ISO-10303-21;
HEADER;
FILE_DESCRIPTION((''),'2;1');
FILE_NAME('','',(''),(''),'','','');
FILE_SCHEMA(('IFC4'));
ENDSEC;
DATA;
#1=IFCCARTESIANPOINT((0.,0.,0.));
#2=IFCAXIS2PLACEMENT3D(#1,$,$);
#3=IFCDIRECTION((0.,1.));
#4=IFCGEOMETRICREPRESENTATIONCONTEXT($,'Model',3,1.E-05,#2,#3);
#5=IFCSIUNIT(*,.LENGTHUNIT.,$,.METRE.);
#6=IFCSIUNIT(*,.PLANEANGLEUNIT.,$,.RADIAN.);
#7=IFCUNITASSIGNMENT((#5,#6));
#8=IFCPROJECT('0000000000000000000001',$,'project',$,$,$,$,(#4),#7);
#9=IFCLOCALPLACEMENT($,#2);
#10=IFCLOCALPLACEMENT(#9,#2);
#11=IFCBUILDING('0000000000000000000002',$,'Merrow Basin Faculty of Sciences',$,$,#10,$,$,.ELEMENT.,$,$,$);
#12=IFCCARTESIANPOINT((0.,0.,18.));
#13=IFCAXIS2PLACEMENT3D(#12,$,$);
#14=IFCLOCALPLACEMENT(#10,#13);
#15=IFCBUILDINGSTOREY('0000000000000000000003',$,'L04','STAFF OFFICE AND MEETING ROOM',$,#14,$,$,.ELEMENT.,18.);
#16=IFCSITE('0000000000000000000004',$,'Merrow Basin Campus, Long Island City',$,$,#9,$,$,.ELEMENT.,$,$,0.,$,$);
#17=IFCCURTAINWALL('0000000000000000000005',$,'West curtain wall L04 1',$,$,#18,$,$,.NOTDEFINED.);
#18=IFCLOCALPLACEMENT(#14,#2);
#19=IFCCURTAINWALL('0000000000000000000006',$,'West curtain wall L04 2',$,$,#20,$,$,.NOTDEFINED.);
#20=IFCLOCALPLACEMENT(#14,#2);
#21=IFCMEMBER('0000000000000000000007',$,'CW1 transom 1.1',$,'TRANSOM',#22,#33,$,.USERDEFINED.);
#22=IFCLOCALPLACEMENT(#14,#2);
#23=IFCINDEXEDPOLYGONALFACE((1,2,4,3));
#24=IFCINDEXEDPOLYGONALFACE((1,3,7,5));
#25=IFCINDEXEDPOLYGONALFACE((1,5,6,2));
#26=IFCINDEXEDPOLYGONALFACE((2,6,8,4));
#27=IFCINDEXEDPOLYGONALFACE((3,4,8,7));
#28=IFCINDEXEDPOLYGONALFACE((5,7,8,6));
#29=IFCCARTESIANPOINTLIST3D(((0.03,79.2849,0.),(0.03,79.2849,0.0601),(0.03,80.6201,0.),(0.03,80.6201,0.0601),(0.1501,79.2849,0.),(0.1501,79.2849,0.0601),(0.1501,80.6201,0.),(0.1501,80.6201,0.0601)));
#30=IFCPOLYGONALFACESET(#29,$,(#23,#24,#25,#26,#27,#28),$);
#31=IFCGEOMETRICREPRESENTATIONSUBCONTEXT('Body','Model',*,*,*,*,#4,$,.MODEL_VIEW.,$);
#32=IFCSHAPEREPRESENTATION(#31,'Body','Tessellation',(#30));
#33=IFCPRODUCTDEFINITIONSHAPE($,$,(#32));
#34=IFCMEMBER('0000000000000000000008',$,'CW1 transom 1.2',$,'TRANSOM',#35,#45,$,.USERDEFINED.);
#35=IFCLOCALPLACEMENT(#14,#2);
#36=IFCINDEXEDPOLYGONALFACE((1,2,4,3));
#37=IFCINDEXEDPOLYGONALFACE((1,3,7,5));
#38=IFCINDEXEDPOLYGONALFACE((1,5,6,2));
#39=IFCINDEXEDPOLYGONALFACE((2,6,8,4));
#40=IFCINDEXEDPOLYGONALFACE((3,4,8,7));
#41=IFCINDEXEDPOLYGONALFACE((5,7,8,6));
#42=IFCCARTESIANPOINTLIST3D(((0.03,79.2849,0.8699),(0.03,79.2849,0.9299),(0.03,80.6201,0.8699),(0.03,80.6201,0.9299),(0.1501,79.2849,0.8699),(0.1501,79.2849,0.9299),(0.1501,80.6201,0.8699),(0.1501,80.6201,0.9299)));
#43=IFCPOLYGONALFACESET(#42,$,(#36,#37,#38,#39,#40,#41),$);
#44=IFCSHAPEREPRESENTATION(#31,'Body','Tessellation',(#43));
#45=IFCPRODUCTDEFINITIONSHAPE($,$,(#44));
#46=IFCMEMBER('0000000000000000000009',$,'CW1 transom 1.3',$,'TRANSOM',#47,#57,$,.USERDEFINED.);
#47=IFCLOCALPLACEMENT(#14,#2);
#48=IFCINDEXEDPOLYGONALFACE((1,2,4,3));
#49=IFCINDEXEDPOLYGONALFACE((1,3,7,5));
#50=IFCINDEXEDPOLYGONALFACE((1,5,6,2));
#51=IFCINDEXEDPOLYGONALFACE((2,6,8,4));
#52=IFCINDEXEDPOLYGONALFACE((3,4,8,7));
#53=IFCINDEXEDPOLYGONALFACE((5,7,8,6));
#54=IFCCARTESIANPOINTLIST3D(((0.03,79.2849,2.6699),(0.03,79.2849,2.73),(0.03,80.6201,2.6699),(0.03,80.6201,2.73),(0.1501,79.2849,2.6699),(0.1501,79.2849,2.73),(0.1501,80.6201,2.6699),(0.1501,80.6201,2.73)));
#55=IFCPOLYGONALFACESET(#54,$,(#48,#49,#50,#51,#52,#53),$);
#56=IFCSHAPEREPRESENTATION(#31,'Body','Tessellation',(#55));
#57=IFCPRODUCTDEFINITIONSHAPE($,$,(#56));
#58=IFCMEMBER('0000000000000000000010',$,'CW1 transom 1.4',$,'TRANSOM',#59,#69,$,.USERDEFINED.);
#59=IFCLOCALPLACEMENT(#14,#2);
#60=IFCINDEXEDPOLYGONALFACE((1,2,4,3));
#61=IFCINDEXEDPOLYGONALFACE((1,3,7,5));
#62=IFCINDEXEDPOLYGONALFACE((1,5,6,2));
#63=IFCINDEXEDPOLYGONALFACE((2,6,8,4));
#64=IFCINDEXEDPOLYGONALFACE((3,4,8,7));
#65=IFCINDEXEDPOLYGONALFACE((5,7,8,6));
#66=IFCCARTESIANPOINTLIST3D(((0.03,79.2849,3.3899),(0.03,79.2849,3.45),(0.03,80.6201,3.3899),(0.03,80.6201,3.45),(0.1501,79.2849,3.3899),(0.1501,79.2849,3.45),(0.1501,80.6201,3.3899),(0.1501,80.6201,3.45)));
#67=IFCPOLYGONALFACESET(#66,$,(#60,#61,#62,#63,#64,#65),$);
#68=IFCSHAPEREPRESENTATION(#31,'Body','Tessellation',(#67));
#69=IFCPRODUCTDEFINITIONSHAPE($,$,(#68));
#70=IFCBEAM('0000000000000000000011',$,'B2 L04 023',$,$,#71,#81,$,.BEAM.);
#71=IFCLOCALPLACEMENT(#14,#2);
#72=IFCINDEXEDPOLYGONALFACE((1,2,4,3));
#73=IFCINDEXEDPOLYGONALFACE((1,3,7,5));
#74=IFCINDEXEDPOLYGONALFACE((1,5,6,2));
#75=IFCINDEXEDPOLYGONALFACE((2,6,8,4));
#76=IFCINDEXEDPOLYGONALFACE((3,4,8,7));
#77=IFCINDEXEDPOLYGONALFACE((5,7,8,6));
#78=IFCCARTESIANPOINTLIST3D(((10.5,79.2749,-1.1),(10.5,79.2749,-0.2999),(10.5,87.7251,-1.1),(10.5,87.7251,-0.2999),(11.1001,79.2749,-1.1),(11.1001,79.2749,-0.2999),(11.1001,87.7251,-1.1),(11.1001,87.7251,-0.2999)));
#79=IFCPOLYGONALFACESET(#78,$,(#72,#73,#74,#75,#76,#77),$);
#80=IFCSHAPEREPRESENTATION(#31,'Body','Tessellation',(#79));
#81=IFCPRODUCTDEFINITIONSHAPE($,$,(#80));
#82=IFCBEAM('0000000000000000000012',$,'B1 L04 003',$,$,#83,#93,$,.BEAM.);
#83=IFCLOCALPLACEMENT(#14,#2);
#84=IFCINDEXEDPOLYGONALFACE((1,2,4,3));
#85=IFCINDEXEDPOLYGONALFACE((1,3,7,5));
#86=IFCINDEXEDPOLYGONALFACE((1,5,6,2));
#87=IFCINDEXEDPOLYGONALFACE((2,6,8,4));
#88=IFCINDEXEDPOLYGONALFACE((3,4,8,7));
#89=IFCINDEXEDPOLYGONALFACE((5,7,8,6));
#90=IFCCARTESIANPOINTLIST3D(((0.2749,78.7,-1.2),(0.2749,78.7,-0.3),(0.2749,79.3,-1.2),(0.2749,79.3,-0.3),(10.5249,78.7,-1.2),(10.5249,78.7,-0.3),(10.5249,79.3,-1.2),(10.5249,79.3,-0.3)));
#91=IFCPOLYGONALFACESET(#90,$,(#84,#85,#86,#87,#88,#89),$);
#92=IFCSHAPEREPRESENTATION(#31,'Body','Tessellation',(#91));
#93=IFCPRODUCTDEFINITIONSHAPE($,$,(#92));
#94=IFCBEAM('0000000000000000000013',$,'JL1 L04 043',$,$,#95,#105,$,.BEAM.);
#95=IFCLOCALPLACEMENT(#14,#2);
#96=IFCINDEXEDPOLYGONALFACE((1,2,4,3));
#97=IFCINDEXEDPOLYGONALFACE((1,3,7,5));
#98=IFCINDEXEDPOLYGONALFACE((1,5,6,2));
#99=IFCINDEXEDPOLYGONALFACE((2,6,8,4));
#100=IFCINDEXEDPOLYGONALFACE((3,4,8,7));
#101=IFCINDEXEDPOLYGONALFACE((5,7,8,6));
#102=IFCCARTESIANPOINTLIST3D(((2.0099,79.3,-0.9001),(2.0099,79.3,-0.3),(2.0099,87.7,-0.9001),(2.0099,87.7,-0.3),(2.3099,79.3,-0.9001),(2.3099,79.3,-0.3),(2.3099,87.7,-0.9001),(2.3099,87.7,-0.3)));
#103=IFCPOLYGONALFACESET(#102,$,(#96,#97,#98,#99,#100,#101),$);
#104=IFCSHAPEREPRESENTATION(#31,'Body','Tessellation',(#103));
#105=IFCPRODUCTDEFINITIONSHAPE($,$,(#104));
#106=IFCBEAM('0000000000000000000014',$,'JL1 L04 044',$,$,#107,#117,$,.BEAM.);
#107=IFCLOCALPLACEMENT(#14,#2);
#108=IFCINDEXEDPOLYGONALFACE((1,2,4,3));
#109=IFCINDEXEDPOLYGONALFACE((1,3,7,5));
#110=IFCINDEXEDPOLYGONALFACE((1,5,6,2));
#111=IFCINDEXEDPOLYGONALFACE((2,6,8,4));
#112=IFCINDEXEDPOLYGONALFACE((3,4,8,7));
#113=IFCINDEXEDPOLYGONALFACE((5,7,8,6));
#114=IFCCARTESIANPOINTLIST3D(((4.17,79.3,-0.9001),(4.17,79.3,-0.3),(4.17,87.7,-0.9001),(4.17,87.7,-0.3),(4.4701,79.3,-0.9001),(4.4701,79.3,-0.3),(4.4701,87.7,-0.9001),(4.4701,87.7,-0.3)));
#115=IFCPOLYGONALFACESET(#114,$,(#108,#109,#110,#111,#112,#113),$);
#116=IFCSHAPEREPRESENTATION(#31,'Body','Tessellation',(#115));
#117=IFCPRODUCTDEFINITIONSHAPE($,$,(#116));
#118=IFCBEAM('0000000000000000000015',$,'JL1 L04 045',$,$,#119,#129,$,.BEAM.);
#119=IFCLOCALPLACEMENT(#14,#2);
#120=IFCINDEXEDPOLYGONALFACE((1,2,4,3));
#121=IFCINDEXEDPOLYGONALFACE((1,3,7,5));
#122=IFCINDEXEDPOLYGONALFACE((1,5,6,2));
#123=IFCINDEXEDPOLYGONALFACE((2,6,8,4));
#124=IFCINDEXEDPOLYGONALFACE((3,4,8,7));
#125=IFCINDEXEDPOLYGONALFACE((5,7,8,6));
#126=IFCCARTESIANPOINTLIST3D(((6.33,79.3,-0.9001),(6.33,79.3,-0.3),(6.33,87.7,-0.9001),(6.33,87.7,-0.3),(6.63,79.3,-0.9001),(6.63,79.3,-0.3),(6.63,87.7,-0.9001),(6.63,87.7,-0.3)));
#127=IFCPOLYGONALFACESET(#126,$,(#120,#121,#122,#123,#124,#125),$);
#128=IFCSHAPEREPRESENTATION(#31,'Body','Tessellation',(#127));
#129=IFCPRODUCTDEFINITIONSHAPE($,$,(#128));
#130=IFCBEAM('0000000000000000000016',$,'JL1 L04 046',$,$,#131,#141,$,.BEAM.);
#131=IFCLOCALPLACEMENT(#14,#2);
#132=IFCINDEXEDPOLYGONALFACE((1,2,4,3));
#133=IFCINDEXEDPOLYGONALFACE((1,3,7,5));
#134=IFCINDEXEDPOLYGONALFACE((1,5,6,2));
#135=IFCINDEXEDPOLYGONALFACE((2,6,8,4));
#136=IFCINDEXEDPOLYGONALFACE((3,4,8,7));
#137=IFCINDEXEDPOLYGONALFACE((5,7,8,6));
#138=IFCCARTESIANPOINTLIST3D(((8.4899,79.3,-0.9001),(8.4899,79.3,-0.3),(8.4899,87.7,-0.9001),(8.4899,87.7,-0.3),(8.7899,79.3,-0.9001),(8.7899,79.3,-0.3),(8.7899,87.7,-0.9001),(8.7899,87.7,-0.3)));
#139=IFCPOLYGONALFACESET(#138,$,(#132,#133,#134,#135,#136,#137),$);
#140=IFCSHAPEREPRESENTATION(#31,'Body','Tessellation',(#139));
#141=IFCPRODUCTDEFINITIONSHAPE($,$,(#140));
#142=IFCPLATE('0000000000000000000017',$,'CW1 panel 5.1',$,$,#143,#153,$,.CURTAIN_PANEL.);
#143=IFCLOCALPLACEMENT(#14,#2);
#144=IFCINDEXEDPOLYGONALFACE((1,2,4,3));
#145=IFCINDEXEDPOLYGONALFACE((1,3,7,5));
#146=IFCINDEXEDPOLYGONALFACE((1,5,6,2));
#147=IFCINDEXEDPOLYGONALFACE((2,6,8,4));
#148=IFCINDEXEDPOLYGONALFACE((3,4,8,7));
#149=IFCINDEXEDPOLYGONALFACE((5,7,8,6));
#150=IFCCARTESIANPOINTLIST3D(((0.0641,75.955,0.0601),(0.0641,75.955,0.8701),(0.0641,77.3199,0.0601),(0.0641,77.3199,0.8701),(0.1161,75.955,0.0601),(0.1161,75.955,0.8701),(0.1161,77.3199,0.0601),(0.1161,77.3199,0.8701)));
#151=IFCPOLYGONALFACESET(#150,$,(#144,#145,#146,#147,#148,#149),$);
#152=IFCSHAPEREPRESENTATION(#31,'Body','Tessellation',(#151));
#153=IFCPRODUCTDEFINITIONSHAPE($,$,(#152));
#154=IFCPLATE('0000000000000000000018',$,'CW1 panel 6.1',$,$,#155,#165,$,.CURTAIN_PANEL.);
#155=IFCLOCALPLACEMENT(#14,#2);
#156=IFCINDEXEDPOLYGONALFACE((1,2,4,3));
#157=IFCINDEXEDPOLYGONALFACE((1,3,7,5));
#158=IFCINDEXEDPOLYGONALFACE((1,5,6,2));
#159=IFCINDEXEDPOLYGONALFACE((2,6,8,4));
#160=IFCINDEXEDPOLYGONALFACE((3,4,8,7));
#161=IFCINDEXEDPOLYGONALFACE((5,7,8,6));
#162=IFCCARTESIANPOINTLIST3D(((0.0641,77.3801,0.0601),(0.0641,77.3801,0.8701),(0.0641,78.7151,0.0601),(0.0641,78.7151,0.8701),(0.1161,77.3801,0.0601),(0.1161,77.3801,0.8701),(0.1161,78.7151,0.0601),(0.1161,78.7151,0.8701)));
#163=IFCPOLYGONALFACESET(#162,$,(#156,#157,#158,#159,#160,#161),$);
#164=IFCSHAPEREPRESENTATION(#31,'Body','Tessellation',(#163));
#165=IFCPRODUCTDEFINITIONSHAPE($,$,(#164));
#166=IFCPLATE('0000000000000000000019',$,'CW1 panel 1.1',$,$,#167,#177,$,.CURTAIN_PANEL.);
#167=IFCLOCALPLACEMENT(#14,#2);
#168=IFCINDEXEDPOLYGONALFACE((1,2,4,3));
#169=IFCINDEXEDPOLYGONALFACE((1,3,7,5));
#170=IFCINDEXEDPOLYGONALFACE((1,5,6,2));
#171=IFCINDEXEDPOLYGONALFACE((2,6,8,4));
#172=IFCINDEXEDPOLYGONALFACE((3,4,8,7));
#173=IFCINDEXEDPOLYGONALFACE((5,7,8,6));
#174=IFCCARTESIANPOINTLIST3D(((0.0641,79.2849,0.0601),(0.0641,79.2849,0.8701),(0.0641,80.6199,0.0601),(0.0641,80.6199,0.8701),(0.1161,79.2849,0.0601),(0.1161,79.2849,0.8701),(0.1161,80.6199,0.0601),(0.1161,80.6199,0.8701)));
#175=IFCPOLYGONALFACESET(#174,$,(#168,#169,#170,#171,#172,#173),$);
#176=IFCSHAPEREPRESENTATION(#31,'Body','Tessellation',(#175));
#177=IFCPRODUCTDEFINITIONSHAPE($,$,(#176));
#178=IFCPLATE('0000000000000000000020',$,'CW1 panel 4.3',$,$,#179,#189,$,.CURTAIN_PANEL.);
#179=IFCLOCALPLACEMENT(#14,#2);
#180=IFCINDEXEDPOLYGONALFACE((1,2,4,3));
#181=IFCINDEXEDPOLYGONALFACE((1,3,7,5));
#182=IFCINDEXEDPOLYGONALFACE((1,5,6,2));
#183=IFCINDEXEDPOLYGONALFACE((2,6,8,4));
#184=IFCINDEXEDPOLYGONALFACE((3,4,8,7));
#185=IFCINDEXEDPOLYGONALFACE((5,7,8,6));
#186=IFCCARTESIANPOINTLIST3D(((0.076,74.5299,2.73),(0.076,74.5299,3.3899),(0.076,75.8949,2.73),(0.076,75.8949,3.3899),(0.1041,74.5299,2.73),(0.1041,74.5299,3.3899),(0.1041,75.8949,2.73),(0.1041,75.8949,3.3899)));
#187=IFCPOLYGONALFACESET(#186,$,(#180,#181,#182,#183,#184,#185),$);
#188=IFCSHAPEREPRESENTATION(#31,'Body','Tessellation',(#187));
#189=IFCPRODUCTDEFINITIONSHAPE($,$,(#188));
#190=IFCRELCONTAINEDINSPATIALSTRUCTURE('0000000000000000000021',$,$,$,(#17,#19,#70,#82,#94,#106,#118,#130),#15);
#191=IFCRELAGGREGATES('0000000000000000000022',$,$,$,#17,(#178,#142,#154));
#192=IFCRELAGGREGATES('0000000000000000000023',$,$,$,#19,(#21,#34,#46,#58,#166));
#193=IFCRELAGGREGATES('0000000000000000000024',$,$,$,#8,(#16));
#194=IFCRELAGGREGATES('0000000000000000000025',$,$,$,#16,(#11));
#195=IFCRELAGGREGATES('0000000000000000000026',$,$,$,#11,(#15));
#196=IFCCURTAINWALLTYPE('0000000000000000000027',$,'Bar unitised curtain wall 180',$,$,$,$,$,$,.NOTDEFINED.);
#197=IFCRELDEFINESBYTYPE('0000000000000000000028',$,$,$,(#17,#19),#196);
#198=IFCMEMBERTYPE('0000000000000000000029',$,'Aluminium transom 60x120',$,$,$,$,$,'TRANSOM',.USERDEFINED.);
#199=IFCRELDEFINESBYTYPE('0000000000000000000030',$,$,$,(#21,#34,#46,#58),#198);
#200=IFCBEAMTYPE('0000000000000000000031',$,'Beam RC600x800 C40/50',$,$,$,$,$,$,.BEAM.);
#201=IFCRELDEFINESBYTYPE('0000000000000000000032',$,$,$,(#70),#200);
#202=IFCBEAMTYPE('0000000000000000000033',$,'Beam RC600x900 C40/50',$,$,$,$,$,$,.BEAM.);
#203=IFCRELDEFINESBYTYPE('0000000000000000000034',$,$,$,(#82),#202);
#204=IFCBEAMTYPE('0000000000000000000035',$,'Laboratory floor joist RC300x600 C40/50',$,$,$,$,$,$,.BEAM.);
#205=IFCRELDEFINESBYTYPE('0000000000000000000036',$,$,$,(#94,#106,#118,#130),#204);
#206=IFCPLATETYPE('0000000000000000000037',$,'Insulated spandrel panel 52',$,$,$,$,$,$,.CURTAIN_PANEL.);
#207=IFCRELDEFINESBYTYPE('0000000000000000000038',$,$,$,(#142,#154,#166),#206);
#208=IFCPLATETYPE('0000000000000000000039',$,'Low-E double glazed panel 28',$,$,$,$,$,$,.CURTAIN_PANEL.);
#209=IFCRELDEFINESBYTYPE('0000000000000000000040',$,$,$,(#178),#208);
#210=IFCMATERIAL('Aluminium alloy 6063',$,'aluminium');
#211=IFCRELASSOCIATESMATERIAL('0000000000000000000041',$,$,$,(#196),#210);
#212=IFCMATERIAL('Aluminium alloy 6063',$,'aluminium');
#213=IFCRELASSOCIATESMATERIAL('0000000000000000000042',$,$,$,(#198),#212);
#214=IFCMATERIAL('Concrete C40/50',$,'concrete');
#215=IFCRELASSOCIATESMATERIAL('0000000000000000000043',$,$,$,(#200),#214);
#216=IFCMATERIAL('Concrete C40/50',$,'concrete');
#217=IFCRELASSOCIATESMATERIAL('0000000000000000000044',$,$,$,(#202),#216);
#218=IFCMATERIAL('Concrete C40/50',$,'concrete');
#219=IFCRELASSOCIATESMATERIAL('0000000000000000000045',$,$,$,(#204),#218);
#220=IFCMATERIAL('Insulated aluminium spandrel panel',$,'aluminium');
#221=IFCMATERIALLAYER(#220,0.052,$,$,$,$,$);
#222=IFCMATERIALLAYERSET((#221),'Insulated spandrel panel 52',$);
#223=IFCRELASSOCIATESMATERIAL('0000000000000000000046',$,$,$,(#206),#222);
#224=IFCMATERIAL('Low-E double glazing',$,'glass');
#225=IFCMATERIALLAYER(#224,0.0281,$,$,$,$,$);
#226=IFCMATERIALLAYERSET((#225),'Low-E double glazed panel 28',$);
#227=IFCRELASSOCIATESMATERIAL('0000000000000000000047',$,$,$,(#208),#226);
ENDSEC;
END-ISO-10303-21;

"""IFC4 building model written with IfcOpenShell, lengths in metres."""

from ifc_helpers import new_model, si_unit, direction, frame, origin, origin_2d, place, context, subcontext, project, spatial, rectangle, extrude, material, layer, layer_set, material_profile, profile_set, type_object, element, aggregate, save


model = new_model("IFC4")

# Units and contexts
model_context = context("Model", 3, precision=1e-05, world=origin(), true_north=direction((0.0, 1.0)))
body_context = subcontext(model_context, "Body", "Model", "MODEL_VIEW")
ifc_project = project(units=[si_unit("LENGTHUNIT", "METRE"), si_unit("PLANEANGLEUNIT", "RADIAN")], contexts=[model_context])

# Site, building, storey
site_placement = place(None, origin())
site = spatial("IfcSite", under=ifc_project, at=site_placement, Name="Merrow Basin Campus, Long Island City", CompositionType="ELEMENT", RefElevation=0.0)
building_placement = place(site_placement, origin())
building = spatial("IfcBuilding", under=site, at=building_placement, Name="Merrow Basin Faculty of Sciences", CompositionType="ELEMENT")
storey_placement = place(building_placement, frame((0.0, 0.0, 18.0)))
storey = spatial("IfcBuildingStorey", under=building, at=storey_placement, Name="L04", Description="STAFF OFFICE AND MEETING ROOM", CompositionType="ELEMENT", Elevation=18.0)

# Curtain walls
ifc_material_1 = material(Name="Aluminium alloy 6063", Category="aluminium")
curtain_wall_type = type_object("IfcCurtainWallType", Name="Bar unitised curtain wall 180", PredefinedType="NOTDEFINED", material=ifc_material_1)
curtain_wall_1_placement = place(storey_placement, origin())
curtain_wall_1 = element("IfcCurtainWall", 1, at=curtain_wall_1_placement, inside=storey, type_object=curtain_wall_type, Name="West curtain wall L04 1", PredefinedType="NOTDEFINED")
curtain_wall_2_placement = place(storey_placement, origin())
curtain_wall_2 = element("IfcCurtainWall", 2, at=curtain_wall_2_placement, inside=storey, type_object=curtain_wall_type, Name="West curtain wall L04 2", PredefinedType="NOTDEFINED")

# Members
ifc_material_2 = material(Name="Aluminium alloy 6063", Category="aluminium")
ifc_material_profile_1 = material_profile(ifc_material_2, rectangle(XDim=0.1201, YDim=0.0601, at=origin_2d()))
ifc_profile_set_1 = profile_set([ifc_material_profile_1], Name="Aluminium alloy 6063")
member_type_1 = type_object("IfcMemberType", Name="Aluminium transom 60x120", ElementType="TRANSOM", PredefinedType="USERDEFINED", material=ifc_profile_set_1)
member_1_placement = place(storey_placement, frame((0.0901, 79.2849, 0.03), z_axis=(0.0, 1.0, 0.0), x_axis=(-1.0, 0.0, 0.0)))
member_1 = element("IfcMember", 3, at=member_1_placement, type_object=member_type_1, Name="CW1 transom 1.1", ObjectType="TRANSOM", PredefinedType="USERDEFINED", context=body_context, shape_type="SweptSolid", body=[
    extrude(rectangle(XDim=0.1201, YDim=0.0601, at=origin_2d()), origin(), (0.0, 0.0, 1.0), 1.3352),
])
member_2_placement = place(storey_placement, frame((0.0901, 79.2849, 0.8999), z_axis=(0.0, 1.0, 0.0), x_axis=(-1.0, 0.0, 0.0)))
member_2 = element("IfcMember", 4, at=member_2_placement, type_object=member_type_1, Name="CW1 transom 1.2", ObjectType="TRANSOM", PredefinedType="USERDEFINED", context=body_context, shape_type="SweptSolid", body=[
    extrude(rectangle(XDim=0.1201, YDim=0.0601, at=origin_2d()), origin(), (0.0, 0.0, 1.0), 1.3352),
])
member_3_placement = place(storey_placement, frame((0.0901, 79.2849, 2.7), z_axis=(0.0, 1.0, 0.0), x_axis=(-1.0, 0.0, 0.0)))
member_3 = element("IfcMember", 5, at=member_3_placement, type_object=member_type_1, Name="CW1 transom 1.3", ObjectType="TRANSOM", PredefinedType="USERDEFINED", context=body_context, shape_type="SweptSolid", body=[
    extrude(rectangle(XDim=0.1201, YDim=0.0601, at=origin_2d()), origin(), (0.0, 0.0, 1.0), 1.3352),
])
member_4_placement = place(storey_placement, frame((0.0901, 79.2849, 3.4199), z_axis=(0.0, 1.0, 0.0), x_axis=(-1.0, 0.0, 0.0)))
member_4 = element("IfcMember", 6, at=member_4_placement, type_object=member_type_1, Name="CW1 transom 1.4", ObjectType="TRANSOM", PredefinedType="USERDEFINED", context=body_context, shape_type="SweptSolid", body=[
    extrude(rectangle(XDim=0.1201, YDim=0.0601, at=origin_2d()), origin(), (0.0, 0.0, 1.0), 1.3352),
])

# Beams
ifc_material_3 = material(Name="Concrete C40/50", Category="concrete")
ifc_material_profile_2 = material_profile(ifc_material_3, rectangle(XDim=0.6001, YDim=0.8, at=origin_2d()))
ifc_profile_set_2 = profile_set([ifc_material_profile_2], Name="Concrete C40/50")
beam_type_1 = type_object("IfcBeamType", Name="Beam RC600x800 C40/50", PredefinedType="BEAM", material=ifc_profile_set_2)
beam_1_placement = place(storey_placement, frame((10.8, 79.2749, -0.7), z_axis=(0.0, 1.0, 0.0), x_axis=(-1.0, 0.0, 0.0)))
element("IfcBeam", 7, at=beam_1_placement, inside=storey, type_object=beam_type_1, Name="B2 L04 023", PredefinedType="BEAM", context=body_context, shape_type="SweptSolid", body=[
    extrude(rectangle(XDim=0.6001, YDim=0.8, at=origin_2d()), origin(), (0.0, 0.0, 1.0), 8.4502),
])
ifc_material_4 = material(Name="Concrete C40/50", Category="concrete")
ifc_material_profile_3 = material_profile(ifc_material_4, rectangle(XDim=0.6001, YDim=0.8999, at=origin_2d()))
ifc_profile_set_3 = profile_set([ifc_material_profile_3], Name="Concrete C40/50")
beam_type_2 = type_object("IfcBeamType", Name="Beam RC600x900 C40/50", PredefinedType="BEAM", material=ifc_profile_set_3)
beam_2_placement = place(storey_placement, frame((0.2749, 79.0, -0.75), z_axis=(1.0, 0.0, 0.0), x_axis=(0.0, 1.0, 0.0)))
element("IfcBeam", 8, at=beam_2_placement, inside=storey, type_object=beam_type_2, Name="B1 L04 003", PredefinedType="BEAM", context=body_context, shape_type="SweptSolid", body=[
    extrude(rectangle(XDim=0.6001, YDim=0.8999, at=origin_2d()), origin(), (0.0, 0.0, 1.0), 10.25),
])
ifc_material_5 = material(Name="Concrete C40/50", Category="concrete")
ifc_material_profile_4 = material_profile(ifc_material_5, rectangle(XDim=0.3, YDim=0.6001, at=origin_2d()))
ifc_profile_set_4 = profile_set([ifc_material_profile_4], Name="Concrete C40/50")
beam_type_3 = type_object("IfcBeamType", Name="Laboratory floor joist RC300x600 C40/50", PredefinedType="BEAM", material=ifc_profile_set_4)
for number, where, z_axis, x_axis, name in (
    (9, (2.1599, 79.3, -0.6001), (0.0, 1.0, 0.0), (-1.0, 0.0, 0.0), "JL1 L04 043"),
    (10, (4.3201, 79.3, -0.6001), (0.0, 1.0, 0.0), (-1.0, 0.0, 0.0), "JL1 L04 044"),
    (11, (6.48, 79.3, -0.6001), (0.0, 1.0, 0.0), (-1.0, 0.0, 0.0), "JL1 L04 045"),
    (12, (8.6399, 79.3, -0.6001), (0.0, 1.0, 0.0), (-1.0, 0.0, 0.0), "JL1 L04 046"),
):
    element("IfcBeam", number, at=place(storey_placement, frame(where, z_axis=z_axis, x_axis=x_axis)), inside=storey, type_object=beam_type_3, Name=name, PredefinedType="BEAM", context=body_context, shape_type="SweptSolid", body=[
        extrude(rectangle(XDim=0.3, YDim=0.6001, at=origin_2d()), origin(), (0.0, 0.0, 1.0), 8.3999),
    ])

# Plates
ifc_material_6 = material(Name="Insulated aluminium spandrel panel", Category="aluminium")
ifc_layer_1 = layer(ifc_material_6, 0.052)
ifc_layer_set_1 = layer_set([ifc_layer_1], Name="Insulated spandrel panel 52")
plate_type_1 = type_object("IfcPlateType", Name="Insulated spandrel panel 52", PredefinedType="CURTAIN_PANEL", material=ifc_layer_set_1)
plate_1_placement = place(storey_placement, frame((0.0901, 76.6375, 0.0601), z_axis=(0.0, 0.0, 1.0), x_axis=(0.0, 1.0, 0.0)))
plate_1 = element("IfcPlate", 13, at=plate_1_placement, type_object=plate_type_1, Name="CW1 panel 5.1", PredefinedType="CURTAIN_PANEL", context=body_context, shape_type="SweptSolid", body=[
    extrude(rectangle(XDim=1.365, YDim=0.052, at=origin_2d()), origin(), (0.0, 0.0, 1.0), 0.8101),
])
plate_2_placement = place(storey_placement, frame((0.0901, 78.0476, 0.0601), z_axis=(0.0, 0.0, 1.0), x_axis=(0.0, 1.0, 0.0)))
plate_2 = element("IfcPlate", 14, at=plate_2_placement, type_object=plate_type_1, Name="CW1 panel 6.1", PredefinedType="CURTAIN_PANEL", context=body_context, shape_type="SweptSolid", body=[
    extrude(rectangle(XDim=1.335, YDim=0.052, at=origin_2d()), origin(), (0.0, 0.0, 1.0), 0.8101),
])
plate_3_placement = place(storey_placement, frame((0.0901, 79.9524, 0.0601), z_axis=(0.0, 0.0, 1.0), x_axis=(0.0, 1.0, 0.0)))
plate_3 = element("IfcPlate", 15, at=plate_3_placement, type_object=plate_type_1, Name="CW1 panel 1.1", PredefinedType="CURTAIN_PANEL", context=body_context, shape_type="SweptSolid", body=[
    extrude(rectangle(XDim=1.335, YDim=0.052, at=origin_2d()), origin(), (0.0, 0.0, 1.0), 0.8101),
])
ifc_material_7 = material(Name="Low-E double glazing", Category="glass")
ifc_layer_2 = layer(ifc_material_7, 0.0281)
ifc_layer_set_2 = layer_set([ifc_layer_2], Name="Low-E double glazed panel 28")
plate_type_2 = type_object("IfcPlateType", Name="Low-E double glazed panel 28", PredefinedType="CURTAIN_PANEL", material=ifc_layer_set_2)
plate_4_placement = place(storey_placement, frame((0.0901, 75.2124, 2.73), z_axis=(0.0, 0.0, 1.0), x_axis=(0.0, 1.0, 0.0)))
plate_4 = element("IfcPlate", 16, at=plate_4_placement, type_object=plate_type_2, Name="CW1 panel 4.3", PredefinedType="CURTAIN_PANEL", context=body_context, shape_type="SweptSolid", body=[
    extrude(rectangle(XDim=1.365, YDim=0.0281, at=origin_2d()), origin(), (0.0, 0.0, 1.0), 0.6599),
])
aggregate(curtain_wall_1, [plate_4, plate_1, plate_2])
aggregate(curtain_wall_2, [member_1, member_2, member_3, member_4, plate_3])

save(model, "model.ifc")
